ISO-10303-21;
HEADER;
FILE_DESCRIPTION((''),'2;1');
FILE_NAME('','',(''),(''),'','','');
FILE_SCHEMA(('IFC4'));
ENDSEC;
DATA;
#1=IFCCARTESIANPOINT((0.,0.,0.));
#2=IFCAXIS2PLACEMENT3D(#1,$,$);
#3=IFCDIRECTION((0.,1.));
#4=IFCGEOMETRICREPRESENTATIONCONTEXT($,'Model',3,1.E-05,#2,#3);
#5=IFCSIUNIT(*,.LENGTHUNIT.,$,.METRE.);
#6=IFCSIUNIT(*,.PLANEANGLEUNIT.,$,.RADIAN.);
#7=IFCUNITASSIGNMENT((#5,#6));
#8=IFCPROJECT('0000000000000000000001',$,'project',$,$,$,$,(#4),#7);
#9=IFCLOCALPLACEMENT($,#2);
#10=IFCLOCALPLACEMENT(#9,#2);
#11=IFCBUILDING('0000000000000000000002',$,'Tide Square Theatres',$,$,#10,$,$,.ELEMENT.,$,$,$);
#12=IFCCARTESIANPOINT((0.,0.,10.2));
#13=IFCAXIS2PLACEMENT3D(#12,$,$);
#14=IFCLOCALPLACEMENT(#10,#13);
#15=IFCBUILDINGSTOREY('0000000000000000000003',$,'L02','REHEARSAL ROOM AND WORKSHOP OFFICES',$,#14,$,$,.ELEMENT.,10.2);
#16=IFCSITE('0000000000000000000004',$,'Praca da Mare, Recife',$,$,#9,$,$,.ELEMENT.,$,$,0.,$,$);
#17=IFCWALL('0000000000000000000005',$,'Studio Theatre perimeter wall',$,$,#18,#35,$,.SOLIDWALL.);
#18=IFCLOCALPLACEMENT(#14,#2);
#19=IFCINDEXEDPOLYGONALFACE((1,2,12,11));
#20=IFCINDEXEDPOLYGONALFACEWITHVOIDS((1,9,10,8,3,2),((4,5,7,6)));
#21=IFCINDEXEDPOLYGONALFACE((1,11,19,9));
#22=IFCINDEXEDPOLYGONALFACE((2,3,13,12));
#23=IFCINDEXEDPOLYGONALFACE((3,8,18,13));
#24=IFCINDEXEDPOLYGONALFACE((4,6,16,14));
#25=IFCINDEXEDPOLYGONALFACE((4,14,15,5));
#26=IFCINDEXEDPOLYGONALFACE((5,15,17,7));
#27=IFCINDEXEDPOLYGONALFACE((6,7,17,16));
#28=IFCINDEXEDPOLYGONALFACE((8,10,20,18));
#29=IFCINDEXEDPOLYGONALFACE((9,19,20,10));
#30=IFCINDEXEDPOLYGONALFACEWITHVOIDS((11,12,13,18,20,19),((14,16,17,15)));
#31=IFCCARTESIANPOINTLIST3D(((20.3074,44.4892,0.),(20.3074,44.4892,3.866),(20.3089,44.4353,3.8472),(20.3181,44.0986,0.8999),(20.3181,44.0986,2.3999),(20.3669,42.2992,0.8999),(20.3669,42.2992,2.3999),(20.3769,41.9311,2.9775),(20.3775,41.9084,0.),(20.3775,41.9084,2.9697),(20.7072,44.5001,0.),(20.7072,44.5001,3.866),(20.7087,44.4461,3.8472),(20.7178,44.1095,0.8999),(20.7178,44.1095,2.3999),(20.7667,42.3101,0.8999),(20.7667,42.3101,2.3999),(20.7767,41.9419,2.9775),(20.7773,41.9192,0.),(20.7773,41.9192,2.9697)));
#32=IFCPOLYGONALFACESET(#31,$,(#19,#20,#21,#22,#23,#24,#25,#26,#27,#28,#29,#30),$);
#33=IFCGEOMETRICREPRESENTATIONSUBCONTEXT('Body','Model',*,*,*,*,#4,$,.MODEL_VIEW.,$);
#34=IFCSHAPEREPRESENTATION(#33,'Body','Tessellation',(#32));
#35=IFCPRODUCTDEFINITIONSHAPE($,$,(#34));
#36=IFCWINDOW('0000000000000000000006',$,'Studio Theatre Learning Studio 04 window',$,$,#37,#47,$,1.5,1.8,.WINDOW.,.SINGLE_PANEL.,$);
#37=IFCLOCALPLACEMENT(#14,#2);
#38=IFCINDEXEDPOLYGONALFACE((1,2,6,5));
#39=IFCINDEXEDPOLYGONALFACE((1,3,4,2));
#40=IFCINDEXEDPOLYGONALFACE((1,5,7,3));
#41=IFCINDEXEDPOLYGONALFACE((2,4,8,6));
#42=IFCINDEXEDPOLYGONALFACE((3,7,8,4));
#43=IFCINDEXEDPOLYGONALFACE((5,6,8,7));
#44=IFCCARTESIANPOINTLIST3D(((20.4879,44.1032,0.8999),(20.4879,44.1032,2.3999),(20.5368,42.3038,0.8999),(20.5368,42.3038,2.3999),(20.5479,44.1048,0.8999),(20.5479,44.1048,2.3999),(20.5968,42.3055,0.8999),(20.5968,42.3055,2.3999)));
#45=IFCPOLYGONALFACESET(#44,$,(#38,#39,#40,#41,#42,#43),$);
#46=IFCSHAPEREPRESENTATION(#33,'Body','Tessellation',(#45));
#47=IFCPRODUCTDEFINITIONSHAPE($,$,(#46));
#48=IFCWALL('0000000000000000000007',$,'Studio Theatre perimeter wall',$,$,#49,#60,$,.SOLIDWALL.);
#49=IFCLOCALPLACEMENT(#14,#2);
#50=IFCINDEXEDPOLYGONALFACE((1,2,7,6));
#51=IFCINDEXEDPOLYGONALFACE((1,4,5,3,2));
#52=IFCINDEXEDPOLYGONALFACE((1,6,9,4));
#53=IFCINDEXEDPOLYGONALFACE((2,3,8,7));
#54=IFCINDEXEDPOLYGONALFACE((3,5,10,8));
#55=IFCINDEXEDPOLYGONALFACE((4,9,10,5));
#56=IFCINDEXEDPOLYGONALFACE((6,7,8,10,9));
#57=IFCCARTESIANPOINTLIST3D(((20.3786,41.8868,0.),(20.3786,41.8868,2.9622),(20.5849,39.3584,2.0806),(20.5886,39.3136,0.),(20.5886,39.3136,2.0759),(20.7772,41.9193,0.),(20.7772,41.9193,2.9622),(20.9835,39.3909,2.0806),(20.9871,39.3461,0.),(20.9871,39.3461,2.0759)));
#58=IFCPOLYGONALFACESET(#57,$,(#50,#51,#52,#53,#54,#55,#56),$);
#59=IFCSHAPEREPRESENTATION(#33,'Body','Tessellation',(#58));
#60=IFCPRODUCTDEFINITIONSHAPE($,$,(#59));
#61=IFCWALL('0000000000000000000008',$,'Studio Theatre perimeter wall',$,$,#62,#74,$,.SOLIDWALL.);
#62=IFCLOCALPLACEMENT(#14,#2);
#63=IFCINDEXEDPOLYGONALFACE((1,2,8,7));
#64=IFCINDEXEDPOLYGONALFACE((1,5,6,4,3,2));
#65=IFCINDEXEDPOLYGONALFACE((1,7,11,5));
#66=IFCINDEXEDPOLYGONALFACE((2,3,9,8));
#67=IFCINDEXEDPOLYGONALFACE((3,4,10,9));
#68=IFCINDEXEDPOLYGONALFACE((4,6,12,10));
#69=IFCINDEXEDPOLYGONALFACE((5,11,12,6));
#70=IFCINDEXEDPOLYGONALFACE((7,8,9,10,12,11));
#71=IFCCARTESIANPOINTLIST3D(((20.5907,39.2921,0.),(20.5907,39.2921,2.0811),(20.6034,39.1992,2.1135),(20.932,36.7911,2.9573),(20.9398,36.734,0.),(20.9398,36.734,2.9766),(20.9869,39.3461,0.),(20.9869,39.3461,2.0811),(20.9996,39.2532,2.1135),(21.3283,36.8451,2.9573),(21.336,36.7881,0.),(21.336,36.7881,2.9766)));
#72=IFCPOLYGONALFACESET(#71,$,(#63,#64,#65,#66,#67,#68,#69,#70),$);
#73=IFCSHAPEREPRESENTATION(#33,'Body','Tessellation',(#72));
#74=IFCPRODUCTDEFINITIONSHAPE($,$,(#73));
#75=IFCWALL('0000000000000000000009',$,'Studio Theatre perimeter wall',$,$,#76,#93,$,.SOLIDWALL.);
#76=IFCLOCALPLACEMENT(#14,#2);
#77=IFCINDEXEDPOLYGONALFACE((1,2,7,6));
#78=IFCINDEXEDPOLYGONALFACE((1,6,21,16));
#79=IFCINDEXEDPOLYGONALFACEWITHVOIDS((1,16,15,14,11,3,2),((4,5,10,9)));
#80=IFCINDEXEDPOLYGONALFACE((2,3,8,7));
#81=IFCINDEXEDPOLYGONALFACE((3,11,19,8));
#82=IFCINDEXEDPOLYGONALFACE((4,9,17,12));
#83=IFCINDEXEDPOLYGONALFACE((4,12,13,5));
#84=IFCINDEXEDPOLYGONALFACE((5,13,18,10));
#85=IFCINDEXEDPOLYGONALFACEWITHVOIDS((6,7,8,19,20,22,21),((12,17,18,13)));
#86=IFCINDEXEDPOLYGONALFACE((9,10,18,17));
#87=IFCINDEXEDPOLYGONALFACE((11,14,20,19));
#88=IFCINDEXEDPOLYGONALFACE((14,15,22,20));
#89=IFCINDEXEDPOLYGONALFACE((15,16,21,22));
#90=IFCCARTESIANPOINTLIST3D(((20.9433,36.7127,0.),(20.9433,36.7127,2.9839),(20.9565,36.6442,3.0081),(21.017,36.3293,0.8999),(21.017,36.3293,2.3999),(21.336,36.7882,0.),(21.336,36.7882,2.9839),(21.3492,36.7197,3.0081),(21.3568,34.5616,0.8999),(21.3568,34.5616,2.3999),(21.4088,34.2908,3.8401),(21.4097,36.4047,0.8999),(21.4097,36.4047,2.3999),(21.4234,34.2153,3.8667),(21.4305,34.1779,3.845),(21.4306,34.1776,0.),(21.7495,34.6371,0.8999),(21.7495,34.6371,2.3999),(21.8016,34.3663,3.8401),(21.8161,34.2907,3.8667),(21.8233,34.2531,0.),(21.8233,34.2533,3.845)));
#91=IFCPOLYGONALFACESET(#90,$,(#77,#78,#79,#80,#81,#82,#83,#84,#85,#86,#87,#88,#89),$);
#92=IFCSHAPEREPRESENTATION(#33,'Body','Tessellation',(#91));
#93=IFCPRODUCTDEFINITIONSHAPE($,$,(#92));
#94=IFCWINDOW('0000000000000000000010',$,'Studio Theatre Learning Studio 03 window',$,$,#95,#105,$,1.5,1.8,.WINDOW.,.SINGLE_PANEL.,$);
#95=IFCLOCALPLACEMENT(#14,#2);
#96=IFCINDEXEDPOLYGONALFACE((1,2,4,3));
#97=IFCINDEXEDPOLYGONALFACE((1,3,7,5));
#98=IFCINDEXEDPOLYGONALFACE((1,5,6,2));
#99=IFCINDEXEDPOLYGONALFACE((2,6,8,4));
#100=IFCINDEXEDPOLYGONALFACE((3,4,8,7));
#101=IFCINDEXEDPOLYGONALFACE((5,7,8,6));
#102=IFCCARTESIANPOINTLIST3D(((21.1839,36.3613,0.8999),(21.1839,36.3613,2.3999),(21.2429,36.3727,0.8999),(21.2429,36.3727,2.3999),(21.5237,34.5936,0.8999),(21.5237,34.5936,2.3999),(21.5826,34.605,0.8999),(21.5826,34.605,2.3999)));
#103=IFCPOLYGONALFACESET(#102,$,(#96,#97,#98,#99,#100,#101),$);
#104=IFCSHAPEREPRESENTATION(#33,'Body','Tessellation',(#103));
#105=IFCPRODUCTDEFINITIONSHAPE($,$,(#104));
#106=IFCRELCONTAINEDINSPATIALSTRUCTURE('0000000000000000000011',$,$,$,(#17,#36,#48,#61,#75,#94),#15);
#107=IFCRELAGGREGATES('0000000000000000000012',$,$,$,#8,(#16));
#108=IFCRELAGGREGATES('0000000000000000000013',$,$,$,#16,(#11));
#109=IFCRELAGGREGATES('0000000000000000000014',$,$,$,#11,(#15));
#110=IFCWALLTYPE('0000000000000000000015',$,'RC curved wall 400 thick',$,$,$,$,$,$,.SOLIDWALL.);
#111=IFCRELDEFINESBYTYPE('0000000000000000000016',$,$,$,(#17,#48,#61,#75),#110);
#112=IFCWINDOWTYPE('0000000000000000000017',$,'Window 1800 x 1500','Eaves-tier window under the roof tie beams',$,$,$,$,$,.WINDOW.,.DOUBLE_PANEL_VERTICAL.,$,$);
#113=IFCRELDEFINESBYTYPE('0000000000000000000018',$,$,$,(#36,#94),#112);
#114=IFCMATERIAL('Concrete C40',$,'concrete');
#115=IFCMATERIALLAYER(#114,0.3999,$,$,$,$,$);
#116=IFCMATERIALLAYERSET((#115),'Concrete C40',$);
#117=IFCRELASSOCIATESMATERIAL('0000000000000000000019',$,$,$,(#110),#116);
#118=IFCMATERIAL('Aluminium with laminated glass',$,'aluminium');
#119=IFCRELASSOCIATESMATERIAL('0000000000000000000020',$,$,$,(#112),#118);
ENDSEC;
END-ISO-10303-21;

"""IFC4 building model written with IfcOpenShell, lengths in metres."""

from ifc_helpers import new_model, si_unit, direction, frame, frame_2d, origin, place, context, subcontext, project, spatial, polyline, rectangle, outline, extrude, material, layer, layer_set, type_object, element, fill, save


model = new_model("IFC4")

# Units and contexts
model_context = context("Model", 3, precision=1e-05, world=origin(), true_north=direction((0.0, 1.0)))
body_context = subcontext(model_context, "Body", "Model", "MODEL_VIEW")
ifc_project = project(units=[si_unit("LENGTHUNIT", "METRE"), si_unit("PLANEANGLEUNIT", "RADIAN")], contexts=[model_context])

# Site, building, storey
site_placement = place(None, origin())
site = spatial("IfcSite", under=ifc_project, at=site_placement, Name="Praca da Mare, Recife", CompositionType="ELEMENT", RefElevation=0.0)
building_placement = place(site_placement, origin())
building = spatial("IfcBuilding", under=site, at=building_placement, Name="Tide Square Theatres", CompositionType="ELEMENT")
storey_placement = place(building_placement, frame((0.0, 0.0, 10.2)))
storey = spatial("IfcBuildingStorey", under=building, at=storey_placement, Name="L02", Description="REHEARSAL ROOM AND WORKSHOP OFFICES", CompositionType="ELEMENT", Elevation=10.2)

# Wall, opening, window
ifc_material_1 = material(Name="Concrete C40", Category="concrete")
ifc_layer_1 = layer(ifc_material_1, 0.3999)
ifc_layer_set_1 = layer_set([ifc_layer_1], Name="Concrete C40")
wall_type_1 = type_object("IfcWallType", Name="RC curved wall 400 thick", PredefinedType="SOLIDWALL", material=ifc_layer_set_1)
wall_1_placement = place(storey_placement, frame((20.5073, 44.4946, 0.0), z_axis=(0.0, 0.0, 1.0), x_axis=(0.02714, -0.999632, 0.0)))
wall_1 = element("IfcWall", 1, at=wall_1_placement, inside=storey, type_object=wall_type_1, Name="Studio Theatre perimeter wall", PredefinedType="SOLIDWALL", context=body_context, shape_type="SweptSolid", body=[
    extrude(outline(polyline([(0.0, 0.0), (2.5818, 0.0), (2.5818, 2.9697), (2.5591, 2.9775), (0.054, 3.8472), (0.0, 3.866), (0.0, 0.0)])), frame((0.0, 0.2, 0.0), z_axis=(0.0, -1.0, 0.0), x_axis=(1.0, 0.0, 0.0)), (0.0, 0.0, 1.0), 0.3999),
])
opening_1_placement = place(wall_1_placement, frame((0.3909, 0.0, 0.8999)))
opening_1 = element("IfcOpeningElement", 2, at=opening_1_placement, cuts=wall_1, PredefinedType="OPENING", context=body_context, shape_type="SweptSolid", body=[
    extrude(rectangle(XDim=1.8, YDim=1.5, at=frame_2d((0.8999, 0.75))), frame((0.0, 0.21, 0.0), z_axis=(0.0, -1.0, 0.0), x_axis=(1.0, 0.0, 0.0)), (0.0, 0.0, 1.0), 0.4199),
])
ifc_material_2 = material(Name="Aluminium with laminated glass", Category="aluminium")
window_type = type_object("IfcWindowType", Name="Window 1800 x 1500", Description="Eaves-tier window under the roof tie beams", PartitioningType="DOUBLE_PANEL_VERTICAL", PredefinedType="WINDOW", material=ifc_material_2)
window_1_placement = place(opening_1_placement, origin())
window_1 = element("IfcWindow", 3, at=window_1_placement, inside=storey, type_object=window_type, Name="Studio Theatre Learning Studio 04 window", OverallHeight=1.5, OverallWidth=1.8, PartitioningType="SINGLE_PANEL", PredefinedType="WINDOW", context=body_context, shape_type="SweptSolid", body=[
    extrude(rectangle(XDim=1.8, YDim=1.5, at=frame_2d((0.8999, 0.75))), frame((0.0, 0.03, 0.0), z_axis=(0.0, -1.0, 0.0), x_axis=(1.0, 0.0, 0.0)), (0.0, 0.0, 1.0), 0.0601),
])
fill(opening_1, window_1)

# Walls
wall_2_placement = place(storey_placement, frame((20.5779, 41.9031, 0.0), z_axis=(0.0, 0.0, 1.0), x_axis=(0.081324, -0.996688, 0.0)))
element("IfcWall", 4, at=wall_2_placement, inside=storey, type_object=wall_type_1, Name="Studio Theatre perimeter wall", PredefinedType="SOLIDWALL", context=body_context, shape_type="SweptSolid", body=[
    extrude(outline(polyline([(0.0, 0.0), (2.5818, 0.0), (2.5818, 2.0759), (2.5369, 2.0806), (0.0, 2.9622), (0.0, 0.0)])), frame((0.0, 0.2, 0.0), z_axis=(0.0, -1.0, 0.0), x_axis=(1.0, 0.0, 0.0)), (0.0, 0.0, 1.0), 0.3999),
])
wall_3_placement = place(storey_placement, frame((20.7888, 39.3191, 0.0), z_axis=(0.0, 0.0, 1.0), x_axis=(0.135223, -0.990815, 0.0)))
element("IfcWall", 5, at=wall_3_placement, inside=storey, type_object=wall_type_1, Name="Studio Theatre perimeter wall", PredefinedType="SOLIDWALL", context=body_context, shape_type="SweptSolid", body=[
    extrude(outline(polyline([(0.0, 0.0), (2.5818, 0.0), (2.5818, 2.9766), (2.5242, 2.9573), (0.0938, 2.1135), (0.0, 2.0811), (0.0, 0.0)])), frame((0.0, 0.2, 0.0), z_axis=(0.0, -1.0, 0.0), x_axis=(1.0, 0.0, 0.0)), (0.0, 0.0, 1.0), 0.3999),
])

# Wall, opening, window
wall_4_placement = place(storey_placement, frame((21.1396, 36.7505, 0.0), z_axis=(0.0, 0.0, 1.0), x_axis=(0.188763, -0.982023, 0.0)))
wall_4 = element("IfcWall", 6, at=wall_4_placement, inside=storey, type_object=wall_type_1, Name="Studio Theatre perimeter wall", PredefinedType="SOLIDWALL", context=body_context, shape_type="SweptSolid", body=[
    extrude(outline(polyline([(0.0, 0.0), (2.5815, 0.0), (2.5813, 3.845), (2.5432, 3.8667), (2.4663, 3.8401), (0.0698, 3.0081), (0.0, 2.9839), (0.0, 0.0)])), frame((0.0, 0.2, 0.0), z_axis=(0.0, -1.0, 0.0), x_axis=(1.0, 0.0, 0.0)), (0.0, 0.0, 1.0), 0.3999),
])
opening_2_placement = place(wall_4_placement, frame((0.3906, 0.0, 0.8999)))
opening_2 = element("IfcOpeningElement", 7, at=opening_2_placement, cuts=wall_4, PredefinedType="OPENING", context=body_context, shape_type="SweptSolid", body=[
    extrude(rectangle(XDim=1.8, YDim=1.5, at=frame_2d((0.8999, 0.75))), frame((0.0, 0.21, 0.0), z_axis=(0.0, -1.0, 0.0), x_axis=(1.0, 0.0, 0.0)), (0.0, 0.0, 1.0), 0.4199),
])
window_2_placement = place(opening_2_placement, origin())
window_2 = element("IfcWindow", 8, at=window_2_placement, inside=storey, type_object=window_type, Name="Studio Theatre Learning Studio 03 window", OverallHeight=1.5, OverallWidth=1.8, PartitioningType="SINGLE_PANEL", PredefinedType="WINDOW", context=body_context, shape_type="SweptSolid", body=[
    extrude(rectangle(XDim=1.8, YDim=1.5, at=frame_2d((0.8999, 0.75))), frame((0.0, 0.03, 0.0), z_axis=(0.0, -1.0, 0.0), x_axis=(1.0, 0.0, 0.0)), (0.0, 0.0, 1.0), 0.0601),
])
fill(opening_2, window_2)

save(model, "model.ifc")
